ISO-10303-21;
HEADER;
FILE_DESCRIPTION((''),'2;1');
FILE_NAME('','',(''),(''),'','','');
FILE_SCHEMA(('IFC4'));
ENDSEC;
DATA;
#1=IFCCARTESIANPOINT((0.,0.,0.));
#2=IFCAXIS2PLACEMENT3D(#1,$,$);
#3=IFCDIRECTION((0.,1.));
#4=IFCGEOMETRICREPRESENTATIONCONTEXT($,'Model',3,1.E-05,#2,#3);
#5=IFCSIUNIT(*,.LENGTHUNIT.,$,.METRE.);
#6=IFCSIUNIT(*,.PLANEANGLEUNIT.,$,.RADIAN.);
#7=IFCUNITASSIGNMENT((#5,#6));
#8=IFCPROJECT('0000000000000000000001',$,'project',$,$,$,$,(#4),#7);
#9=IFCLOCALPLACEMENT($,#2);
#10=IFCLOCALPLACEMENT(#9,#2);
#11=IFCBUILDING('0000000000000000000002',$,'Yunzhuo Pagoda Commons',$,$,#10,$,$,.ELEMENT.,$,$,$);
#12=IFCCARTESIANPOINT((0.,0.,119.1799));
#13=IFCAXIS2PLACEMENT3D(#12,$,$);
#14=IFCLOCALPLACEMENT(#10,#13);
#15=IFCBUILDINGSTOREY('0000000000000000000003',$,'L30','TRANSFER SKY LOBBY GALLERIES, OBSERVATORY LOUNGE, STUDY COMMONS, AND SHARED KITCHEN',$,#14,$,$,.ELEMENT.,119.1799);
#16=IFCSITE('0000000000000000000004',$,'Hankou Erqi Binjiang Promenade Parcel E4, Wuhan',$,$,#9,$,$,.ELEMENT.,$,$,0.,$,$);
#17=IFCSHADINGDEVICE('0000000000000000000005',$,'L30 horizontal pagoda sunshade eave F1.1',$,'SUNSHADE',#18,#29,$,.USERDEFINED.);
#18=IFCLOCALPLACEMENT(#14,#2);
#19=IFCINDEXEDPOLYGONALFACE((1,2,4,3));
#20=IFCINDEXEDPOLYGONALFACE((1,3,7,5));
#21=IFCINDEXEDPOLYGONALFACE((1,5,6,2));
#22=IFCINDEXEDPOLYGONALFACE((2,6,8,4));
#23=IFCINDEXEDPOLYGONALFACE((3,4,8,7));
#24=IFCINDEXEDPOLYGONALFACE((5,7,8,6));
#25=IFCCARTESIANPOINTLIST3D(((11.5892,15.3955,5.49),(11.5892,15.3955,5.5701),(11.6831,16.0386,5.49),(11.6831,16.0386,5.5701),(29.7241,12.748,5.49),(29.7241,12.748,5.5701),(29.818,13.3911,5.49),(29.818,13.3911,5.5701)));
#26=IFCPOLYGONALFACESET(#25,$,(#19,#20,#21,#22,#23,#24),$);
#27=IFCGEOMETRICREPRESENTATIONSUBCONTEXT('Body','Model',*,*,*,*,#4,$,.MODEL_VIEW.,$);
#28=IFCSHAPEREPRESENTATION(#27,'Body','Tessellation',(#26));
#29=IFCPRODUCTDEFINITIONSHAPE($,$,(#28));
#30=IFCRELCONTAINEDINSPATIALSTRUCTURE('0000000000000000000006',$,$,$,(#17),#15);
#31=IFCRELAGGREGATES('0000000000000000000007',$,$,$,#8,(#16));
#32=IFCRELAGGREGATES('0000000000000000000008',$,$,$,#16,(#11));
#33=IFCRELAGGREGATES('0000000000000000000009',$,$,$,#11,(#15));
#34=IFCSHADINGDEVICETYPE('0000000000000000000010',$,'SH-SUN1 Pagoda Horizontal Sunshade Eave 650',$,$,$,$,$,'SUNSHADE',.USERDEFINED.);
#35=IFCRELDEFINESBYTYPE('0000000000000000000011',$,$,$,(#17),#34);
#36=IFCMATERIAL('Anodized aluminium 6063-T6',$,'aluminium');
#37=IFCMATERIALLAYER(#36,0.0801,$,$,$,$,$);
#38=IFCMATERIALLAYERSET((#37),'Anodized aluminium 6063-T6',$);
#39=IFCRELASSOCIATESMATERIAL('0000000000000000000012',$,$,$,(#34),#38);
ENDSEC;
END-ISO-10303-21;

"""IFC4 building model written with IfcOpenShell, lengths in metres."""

from ifc_helpers import new_model, si_unit, direction, frame, origin, origin_2d, place, context, subcontext, project, spatial, rectangle, extrude, source, transform, mapped, material, layer, layer_set, type_object, element, save


model = new_model("IFC4")

# Units and contexts
model_context = context("Model", 3, precision=1e-05, world=origin(), true_north=direction((0.0, 1.0)))
body_context = subcontext(model_context, "Body", "Model", "MODEL_VIEW")
ifc_project = project(units=[si_unit("LENGTHUNIT", "METRE"), si_unit("PLANEANGLEUNIT", "RADIAN")], contexts=[model_context])

# Site, building, storey
site_placement = place(None, origin())
site = spatial("IfcSite", under=ifc_project, at=site_placement, Name="Hankou Erqi Binjiang Promenade Parcel E4, Wuhan", CompositionType="ELEMENT", RefElevation=0.0)
building_placement = place(site_placement, origin())
building = spatial("IfcBuilding", under=site, at=building_placement, Name="Yunzhuo Pagoda Commons", CompositionType="ELEMENT")
storey_placement = place(building_placement, frame((0.0, 0.0, 119.1799)))
storey = spatial("IfcBuildingStorey", under=building, at=storey_placement, Name="L30", Description="TRANSFER SKY LOBBY GALLERIES, OBSERVATORY LOUNGE, STUDY COMMONS, AND SHARED KITCHEN", CompositionType="ELEMENT", Elevation=119.1799)

# Shared definitions
ifc_material_1 = material(Name="Anodized aluminium 6063-T6", Category="aluminium")

# Shading device
ifc_layer_1 = layer(ifc_material_1, 0.0801)
ifc_layer_set_1 = layer_set([ifc_layer_1], Name="Anodized aluminium 6063-T6")
shading_device_type = type_object("IfcShadingDeviceType", Name="SH-SUN1 Pagoda Horizontal Sunshade Eave 650", ElementType="SUNSHADE", PredefinedType="USERDEFINED", material=ifc_layer_set_1)
shared_shape_1 = source(origin(), body_context, "Body", "SweptSolid", [
    extrude(rectangle(XDim=18.3271, YDim=0.6499, at=origin_2d()), origin(), (0.0, 0.0, 1.0), 0.0801),
])
shading_device_placement = place(storey_placement, frame((20.7036, 14.3933, 5.49), z_axis=(0.0, 0.0, 1.0), x_axis=(0.989511, -0.14446, 0.0)))
element("IfcShadingDevice", 1, at=shading_device_placement, inside=storey, type_object=shading_device_type, Name="L30 horizontal pagoda sunshade eave F1.1", ObjectType="SUNSHADE", PredefinedType="USERDEFINED", context=body_context, shape_type="MappedRepresentation", body=[
    mapped(shared_shape_1, transform((0.0, 0.0, 0.0), scale=1.0)),
])

save(model, "model.ifc")
